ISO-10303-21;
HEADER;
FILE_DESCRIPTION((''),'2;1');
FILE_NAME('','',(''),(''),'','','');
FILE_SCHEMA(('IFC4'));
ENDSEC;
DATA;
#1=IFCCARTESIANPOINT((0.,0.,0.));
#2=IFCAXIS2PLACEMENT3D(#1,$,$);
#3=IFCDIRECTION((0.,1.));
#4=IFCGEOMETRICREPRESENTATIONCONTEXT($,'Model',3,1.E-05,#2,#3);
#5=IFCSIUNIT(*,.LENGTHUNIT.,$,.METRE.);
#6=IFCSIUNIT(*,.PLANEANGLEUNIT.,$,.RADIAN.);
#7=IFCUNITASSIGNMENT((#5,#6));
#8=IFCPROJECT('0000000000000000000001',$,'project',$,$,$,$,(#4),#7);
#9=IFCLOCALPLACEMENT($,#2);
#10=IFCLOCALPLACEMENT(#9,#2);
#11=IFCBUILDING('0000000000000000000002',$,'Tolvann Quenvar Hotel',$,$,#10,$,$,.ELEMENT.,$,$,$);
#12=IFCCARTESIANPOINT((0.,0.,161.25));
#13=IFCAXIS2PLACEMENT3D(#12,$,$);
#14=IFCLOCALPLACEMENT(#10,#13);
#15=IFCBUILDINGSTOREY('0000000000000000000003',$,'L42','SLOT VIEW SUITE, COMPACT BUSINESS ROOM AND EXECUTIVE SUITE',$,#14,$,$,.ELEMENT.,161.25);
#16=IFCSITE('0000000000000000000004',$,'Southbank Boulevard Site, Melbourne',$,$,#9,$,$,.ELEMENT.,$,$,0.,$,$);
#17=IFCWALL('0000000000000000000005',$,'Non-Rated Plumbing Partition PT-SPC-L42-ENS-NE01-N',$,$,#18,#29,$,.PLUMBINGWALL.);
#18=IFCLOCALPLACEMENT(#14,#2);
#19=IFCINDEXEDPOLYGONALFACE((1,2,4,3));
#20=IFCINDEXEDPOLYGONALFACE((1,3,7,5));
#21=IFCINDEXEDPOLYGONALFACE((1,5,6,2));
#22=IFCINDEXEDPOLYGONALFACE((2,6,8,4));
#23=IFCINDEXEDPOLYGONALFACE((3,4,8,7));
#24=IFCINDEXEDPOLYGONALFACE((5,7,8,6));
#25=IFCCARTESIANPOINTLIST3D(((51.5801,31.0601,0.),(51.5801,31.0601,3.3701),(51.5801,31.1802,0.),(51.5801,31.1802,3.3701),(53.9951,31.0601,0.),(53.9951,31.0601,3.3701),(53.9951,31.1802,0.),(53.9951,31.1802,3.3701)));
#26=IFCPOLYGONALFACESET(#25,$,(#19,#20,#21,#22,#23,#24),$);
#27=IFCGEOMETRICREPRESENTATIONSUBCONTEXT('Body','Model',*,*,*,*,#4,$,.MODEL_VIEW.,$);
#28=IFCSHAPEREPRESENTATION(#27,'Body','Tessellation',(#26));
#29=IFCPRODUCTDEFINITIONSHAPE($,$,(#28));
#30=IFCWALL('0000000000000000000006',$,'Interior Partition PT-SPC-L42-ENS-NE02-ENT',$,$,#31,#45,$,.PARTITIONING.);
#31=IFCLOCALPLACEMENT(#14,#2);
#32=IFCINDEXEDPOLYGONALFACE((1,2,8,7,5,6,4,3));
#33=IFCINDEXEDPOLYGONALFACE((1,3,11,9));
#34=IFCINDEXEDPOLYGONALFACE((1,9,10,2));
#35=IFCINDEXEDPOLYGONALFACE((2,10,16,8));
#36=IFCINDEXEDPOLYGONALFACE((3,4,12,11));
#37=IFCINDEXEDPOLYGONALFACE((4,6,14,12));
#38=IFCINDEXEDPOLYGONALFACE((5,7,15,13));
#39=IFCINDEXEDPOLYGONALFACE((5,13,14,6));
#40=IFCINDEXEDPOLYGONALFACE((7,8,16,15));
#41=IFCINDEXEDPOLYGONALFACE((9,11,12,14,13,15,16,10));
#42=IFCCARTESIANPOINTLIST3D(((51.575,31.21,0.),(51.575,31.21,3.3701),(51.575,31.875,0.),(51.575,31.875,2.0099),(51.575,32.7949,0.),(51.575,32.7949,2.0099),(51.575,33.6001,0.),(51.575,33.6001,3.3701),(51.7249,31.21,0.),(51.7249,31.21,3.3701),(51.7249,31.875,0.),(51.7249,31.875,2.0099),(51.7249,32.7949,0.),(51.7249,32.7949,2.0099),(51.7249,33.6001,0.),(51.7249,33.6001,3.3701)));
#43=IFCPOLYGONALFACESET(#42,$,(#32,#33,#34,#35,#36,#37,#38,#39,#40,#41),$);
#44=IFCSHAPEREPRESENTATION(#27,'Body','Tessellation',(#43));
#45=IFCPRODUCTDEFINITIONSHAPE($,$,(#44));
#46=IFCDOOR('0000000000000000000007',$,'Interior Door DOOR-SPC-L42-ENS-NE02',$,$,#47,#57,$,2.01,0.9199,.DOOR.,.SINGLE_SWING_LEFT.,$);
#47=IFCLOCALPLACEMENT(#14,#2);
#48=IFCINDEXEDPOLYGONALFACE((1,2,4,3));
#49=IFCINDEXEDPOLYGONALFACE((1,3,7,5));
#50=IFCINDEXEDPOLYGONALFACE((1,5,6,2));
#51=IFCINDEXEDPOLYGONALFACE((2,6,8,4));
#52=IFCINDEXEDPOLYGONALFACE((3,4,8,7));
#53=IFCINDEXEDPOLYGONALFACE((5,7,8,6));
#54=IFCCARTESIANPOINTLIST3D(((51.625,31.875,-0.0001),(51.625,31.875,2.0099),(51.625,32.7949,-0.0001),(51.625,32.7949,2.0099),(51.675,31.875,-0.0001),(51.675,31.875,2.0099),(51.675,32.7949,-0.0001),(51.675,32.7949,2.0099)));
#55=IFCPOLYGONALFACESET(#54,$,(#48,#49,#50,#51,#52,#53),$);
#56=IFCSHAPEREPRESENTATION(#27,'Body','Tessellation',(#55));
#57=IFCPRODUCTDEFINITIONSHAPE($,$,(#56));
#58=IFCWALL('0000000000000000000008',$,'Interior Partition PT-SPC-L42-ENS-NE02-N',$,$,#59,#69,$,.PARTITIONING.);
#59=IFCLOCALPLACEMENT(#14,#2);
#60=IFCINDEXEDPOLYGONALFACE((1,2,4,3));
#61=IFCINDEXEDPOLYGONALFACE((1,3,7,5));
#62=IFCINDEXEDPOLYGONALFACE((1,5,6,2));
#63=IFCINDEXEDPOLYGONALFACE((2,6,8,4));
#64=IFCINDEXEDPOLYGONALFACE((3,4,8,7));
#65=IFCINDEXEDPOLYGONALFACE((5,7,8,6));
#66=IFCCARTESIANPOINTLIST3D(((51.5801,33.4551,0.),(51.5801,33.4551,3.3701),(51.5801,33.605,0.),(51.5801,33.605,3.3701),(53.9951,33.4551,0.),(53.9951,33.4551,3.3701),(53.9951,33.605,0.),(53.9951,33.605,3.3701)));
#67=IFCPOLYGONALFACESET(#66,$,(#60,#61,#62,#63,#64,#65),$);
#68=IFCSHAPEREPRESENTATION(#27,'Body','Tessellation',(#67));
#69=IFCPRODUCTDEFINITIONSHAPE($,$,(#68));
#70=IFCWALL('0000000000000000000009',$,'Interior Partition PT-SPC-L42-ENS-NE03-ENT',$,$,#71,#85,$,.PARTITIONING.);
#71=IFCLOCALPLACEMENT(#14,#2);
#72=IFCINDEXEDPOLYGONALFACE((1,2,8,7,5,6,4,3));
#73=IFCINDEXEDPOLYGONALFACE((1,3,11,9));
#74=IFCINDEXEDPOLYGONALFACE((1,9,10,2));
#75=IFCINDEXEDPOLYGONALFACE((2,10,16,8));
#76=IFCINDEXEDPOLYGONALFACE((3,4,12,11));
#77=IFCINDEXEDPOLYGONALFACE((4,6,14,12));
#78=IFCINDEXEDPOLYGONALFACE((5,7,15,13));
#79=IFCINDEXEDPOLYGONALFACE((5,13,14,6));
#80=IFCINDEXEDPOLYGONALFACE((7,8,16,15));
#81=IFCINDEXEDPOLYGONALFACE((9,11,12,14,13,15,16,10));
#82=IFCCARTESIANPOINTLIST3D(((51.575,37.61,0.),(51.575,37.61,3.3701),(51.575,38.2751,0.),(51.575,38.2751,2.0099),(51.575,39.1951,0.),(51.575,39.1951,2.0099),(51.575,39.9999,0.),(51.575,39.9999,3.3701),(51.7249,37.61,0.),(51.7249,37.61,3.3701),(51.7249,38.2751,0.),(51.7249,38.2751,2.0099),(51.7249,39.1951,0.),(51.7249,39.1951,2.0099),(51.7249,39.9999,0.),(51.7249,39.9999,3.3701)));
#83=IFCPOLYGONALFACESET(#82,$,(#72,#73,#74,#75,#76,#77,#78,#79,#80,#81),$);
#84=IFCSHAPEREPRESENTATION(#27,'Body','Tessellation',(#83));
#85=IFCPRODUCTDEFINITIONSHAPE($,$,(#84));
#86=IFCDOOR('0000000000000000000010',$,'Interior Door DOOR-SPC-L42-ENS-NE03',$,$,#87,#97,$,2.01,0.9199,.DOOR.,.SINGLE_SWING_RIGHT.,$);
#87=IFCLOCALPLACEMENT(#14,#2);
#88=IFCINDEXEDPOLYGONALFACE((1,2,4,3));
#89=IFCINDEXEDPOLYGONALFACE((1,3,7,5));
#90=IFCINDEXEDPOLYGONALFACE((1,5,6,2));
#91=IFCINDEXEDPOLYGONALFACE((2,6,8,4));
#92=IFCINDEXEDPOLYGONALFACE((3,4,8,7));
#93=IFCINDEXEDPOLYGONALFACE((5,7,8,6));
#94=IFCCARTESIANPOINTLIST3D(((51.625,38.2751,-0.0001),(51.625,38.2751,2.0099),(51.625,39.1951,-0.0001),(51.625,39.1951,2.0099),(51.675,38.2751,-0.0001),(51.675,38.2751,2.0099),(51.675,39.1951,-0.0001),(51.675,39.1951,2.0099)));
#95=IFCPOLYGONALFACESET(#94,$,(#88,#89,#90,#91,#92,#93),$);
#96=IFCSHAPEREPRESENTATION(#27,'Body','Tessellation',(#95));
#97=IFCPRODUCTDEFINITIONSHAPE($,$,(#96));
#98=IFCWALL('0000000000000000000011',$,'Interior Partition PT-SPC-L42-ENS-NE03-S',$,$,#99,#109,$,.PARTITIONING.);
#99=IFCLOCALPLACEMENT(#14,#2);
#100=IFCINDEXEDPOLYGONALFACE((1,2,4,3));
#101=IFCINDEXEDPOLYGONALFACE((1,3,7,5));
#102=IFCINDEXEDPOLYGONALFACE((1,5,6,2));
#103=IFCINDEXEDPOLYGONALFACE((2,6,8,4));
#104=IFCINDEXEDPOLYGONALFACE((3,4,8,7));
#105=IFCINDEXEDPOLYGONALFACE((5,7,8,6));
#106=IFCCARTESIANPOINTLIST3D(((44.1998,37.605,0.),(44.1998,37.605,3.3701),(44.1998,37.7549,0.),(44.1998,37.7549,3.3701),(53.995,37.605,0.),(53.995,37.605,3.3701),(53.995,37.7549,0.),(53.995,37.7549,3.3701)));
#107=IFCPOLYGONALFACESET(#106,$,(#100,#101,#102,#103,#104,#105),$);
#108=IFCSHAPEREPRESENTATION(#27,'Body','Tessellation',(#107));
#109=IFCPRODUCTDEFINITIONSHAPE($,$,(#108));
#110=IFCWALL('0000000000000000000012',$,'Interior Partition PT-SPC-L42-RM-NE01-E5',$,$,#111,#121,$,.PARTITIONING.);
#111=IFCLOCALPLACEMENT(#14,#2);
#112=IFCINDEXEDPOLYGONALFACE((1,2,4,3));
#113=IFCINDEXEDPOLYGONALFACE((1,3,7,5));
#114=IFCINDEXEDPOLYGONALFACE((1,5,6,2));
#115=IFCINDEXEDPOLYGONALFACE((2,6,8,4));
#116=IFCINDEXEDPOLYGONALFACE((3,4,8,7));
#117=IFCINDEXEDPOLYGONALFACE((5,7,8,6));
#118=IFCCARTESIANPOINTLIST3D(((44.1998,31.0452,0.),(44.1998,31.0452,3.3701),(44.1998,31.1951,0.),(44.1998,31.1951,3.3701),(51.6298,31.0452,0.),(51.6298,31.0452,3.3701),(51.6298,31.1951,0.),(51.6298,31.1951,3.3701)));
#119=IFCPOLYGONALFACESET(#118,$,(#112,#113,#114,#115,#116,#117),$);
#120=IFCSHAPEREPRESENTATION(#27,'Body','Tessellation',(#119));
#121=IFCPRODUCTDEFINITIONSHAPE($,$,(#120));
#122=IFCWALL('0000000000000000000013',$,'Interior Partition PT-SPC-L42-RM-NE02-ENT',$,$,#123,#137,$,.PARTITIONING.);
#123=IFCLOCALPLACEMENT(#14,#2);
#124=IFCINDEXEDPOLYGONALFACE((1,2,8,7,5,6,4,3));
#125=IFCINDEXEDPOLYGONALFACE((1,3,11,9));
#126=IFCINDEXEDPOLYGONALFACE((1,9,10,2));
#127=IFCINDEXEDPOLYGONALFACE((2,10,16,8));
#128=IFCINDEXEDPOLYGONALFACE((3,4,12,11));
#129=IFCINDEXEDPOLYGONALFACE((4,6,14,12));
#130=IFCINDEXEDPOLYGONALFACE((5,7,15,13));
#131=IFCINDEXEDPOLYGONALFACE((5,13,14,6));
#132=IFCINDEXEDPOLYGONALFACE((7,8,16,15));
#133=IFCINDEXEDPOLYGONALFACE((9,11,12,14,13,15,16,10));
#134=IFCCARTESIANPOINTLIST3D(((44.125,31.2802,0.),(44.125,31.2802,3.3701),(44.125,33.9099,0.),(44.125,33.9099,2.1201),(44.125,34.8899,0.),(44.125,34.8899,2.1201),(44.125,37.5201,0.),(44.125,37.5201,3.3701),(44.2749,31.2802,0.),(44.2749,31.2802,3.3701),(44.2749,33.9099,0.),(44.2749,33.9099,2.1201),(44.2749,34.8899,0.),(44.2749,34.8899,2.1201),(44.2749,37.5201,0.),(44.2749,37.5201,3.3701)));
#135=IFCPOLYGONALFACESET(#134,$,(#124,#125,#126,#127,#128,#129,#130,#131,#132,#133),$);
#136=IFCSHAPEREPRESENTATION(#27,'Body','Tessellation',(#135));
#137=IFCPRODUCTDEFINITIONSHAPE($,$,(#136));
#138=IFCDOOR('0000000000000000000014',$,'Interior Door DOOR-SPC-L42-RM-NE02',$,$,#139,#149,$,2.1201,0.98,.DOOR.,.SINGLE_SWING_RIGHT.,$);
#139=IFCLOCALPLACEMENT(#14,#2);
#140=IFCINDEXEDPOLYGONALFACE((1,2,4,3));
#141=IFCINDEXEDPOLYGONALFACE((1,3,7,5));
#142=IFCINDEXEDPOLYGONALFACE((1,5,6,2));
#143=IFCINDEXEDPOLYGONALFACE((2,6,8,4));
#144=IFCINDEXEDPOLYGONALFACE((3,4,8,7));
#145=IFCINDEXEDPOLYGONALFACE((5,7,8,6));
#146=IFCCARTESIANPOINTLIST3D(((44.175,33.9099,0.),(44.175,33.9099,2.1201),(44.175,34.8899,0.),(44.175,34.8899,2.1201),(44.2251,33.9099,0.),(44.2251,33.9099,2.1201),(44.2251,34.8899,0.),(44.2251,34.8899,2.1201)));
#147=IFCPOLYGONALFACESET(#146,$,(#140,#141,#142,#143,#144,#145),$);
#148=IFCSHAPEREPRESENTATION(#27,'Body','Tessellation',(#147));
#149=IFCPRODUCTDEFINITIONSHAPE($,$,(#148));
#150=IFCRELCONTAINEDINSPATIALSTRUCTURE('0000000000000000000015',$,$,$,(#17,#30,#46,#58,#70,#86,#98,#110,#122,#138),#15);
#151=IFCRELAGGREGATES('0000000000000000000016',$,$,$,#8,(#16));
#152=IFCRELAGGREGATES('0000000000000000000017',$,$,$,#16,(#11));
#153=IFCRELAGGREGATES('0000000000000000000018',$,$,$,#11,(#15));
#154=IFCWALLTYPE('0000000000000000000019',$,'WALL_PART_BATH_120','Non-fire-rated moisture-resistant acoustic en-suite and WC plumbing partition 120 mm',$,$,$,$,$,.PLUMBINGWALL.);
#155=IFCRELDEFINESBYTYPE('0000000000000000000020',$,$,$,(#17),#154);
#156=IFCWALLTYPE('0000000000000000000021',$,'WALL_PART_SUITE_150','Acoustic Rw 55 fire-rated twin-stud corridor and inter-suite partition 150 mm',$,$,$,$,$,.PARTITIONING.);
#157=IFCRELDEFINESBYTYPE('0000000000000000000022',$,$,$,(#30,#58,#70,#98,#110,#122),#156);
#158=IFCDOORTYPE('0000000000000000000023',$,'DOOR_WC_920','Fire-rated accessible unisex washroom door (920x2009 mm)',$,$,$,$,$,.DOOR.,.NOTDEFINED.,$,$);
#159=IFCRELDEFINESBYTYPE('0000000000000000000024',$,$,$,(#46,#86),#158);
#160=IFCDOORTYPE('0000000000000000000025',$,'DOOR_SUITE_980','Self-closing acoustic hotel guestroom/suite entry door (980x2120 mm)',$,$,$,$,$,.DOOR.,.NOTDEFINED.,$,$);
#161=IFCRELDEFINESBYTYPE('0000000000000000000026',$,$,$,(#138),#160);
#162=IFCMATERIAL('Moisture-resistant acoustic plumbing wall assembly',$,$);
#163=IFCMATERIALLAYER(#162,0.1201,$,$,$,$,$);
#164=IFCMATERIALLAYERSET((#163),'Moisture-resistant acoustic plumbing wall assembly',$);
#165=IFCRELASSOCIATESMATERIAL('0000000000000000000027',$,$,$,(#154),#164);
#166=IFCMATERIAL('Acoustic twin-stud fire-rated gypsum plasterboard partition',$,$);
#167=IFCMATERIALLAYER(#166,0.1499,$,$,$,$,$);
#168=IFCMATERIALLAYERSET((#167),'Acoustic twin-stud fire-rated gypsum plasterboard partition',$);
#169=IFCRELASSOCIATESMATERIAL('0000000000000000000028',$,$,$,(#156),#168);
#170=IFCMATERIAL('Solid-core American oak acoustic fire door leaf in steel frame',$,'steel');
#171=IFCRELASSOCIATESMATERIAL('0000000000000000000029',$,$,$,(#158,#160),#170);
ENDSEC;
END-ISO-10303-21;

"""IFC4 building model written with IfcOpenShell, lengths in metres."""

from ifc_helpers import new_model, si_unit, direction, frame, frame_2d, origin, place, context, subcontext, project, spatial, rectangle, extrude, source, transform, mapped, material, layer, layer_set, type_object, type_shapes, element, fill, save


model = new_model("IFC4")

# Units and contexts
model_context = context("Model", 3, precision=1e-05, world=origin(), true_north=direction((0.0, 1.0)))
body_context = subcontext(model_context, "Body", "Model", "MODEL_VIEW")
ifc_project = project(units=[si_unit("LENGTHUNIT", "METRE"), si_unit("PLANEANGLEUNIT", "RADIAN")], contexts=[model_context])

# Site, building, storey
site_placement = place(None, origin())
site = spatial("IfcSite", under=ifc_project, at=site_placement, Name="Southbank Boulevard Site, Melbourne", CompositionType="ELEMENT", RefElevation=0.0)
building_placement = place(site_placement, origin())
building = spatial("IfcBuilding", under=site, at=building_placement, Name="Tolvann Quenvar Hotel", CompositionType="ELEMENT")
storey_placement = place(building_placement, frame((0.0, 0.0, 161.25)))
storey = spatial("IfcBuildingStorey", under=building, at=storey_placement, Name="L42", Description="SLOT VIEW SUITE, COMPACT BUSINESS ROOM AND EXECUTIVE SUITE", CompositionType="ELEMENT", Elevation=161.25)

# Wall
ifc_material_1 = material(Name="Moisture-resistant acoustic plumbing wall assembly")
ifc_layer_1 = layer(ifc_material_1, 0.1201)
ifc_layer_set_1 = layer_set([ifc_layer_1], Name="Moisture-resistant acoustic plumbing wall assembly")
wall_type_1 = type_object("IfcWallType", Name="WALL_PART_BATH_120", Description="Non-fire-rated moisture-resistant acoustic en-suite and WC plumbing partition 120 mm", PredefinedType="PLUMBINGWALL", material=ifc_layer_set_1)
wall_1_placement = place(storey_placement, frame((51.5801, 31.1201, 0.0), z_axis=(0.0, 0.0, 1.0), x_axis=(1.0, 0.0, 0.0)))
element("IfcWall", 1, at=wall_1_placement, inside=storey, type_object=wall_type_1, Name="Non-Rated Plumbing Partition PT-SPC-L42-ENS-NE01-N", PredefinedType="PLUMBINGWALL", context=body_context, shape_type="SweptSolid", body=[
    extrude(rectangle(XDim=2.415, YDim=0.1201, at=frame_2d((1.2075, 0.0))), origin(), (0.0, 0.0, 1.0), 3.3701),
])

# Wall, opening, door
ifc_material_2 = material(Name="Acoustic twin-stud fire-rated gypsum plasterboard partition")
ifc_layer_2 = layer(ifc_material_2, 0.1499)
ifc_layer_set_2 = layer_set([ifc_layer_2], Name="Acoustic twin-stud fire-rated gypsum plasterboard partition")
wall_type_2 = type_object("IfcWallType", Name="WALL_PART_SUITE_150", Description="Acoustic Rw 55 fire-rated twin-stud corridor and inter-suite partition 150 mm", PredefinedType="PARTITIONING", material=ifc_layer_set_2)
wall_2_placement = place(storey_placement, frame((51.6499, 31.21, 0.0), z_axis=(0.0, 0.0, 1.0), x_axis=(0.0, 1.0, 0.0)))
wall_2 = element("IfcWall", 2, at=wall_2_placement, inside=storey, type_object=wall_type_2, Name="Interior Partition PT-SPC-L42-ENS-NE02-ENT", PredefinedType="PARTITIONING", context=body_context, shape_type="SweptSolid", body=[
    extrude(rectangle(XDim=2.3901, YDim=0.1499, at=frame_2d((1.1951, 0.0))), origin(), (0.0, 0.0, 1.0), 3.3701),
])
opening_1_placement = place(wall_2_placement, frame((0.665, 0.0, 0.0)))
opening_1 = element("IfcOpeningElement", 3, at=opening_1_placement, cuts=wall_2, PredefinedType="OPENING", context=body_context, shape_type="SweptSolid", body=[
    extrude(rectangle(XDim=0.9199, YDim=2.01, at=frame_2d((0.46, 1.0049))), frame((0.0, 0.085, 0.0), z_axis=(0.0, -1.0, 0.0), x_axis=(1.0, 0.0, 0.0)), (0.0, 0.0, 1.0), 0.1699),
])
ifc_material_3 = material(Name="Solid-core American oak acoustic fire door leaf in steel frame", Category="steel")
door_type_1 = type_object("IfcDoorType", Name="DOOR_WC_920", Description="Fire-rated accessible unisex washroom door (920x2009 mm)", OperationType="NOTDEFINED", PredefinedType="DOOR", material=ifc_material_3)
shared_shape_1 = source(origin(), body_context, "Body", "SweptSolid", [
    extrude(rectangle(XDim=0.9199, YDim=2.01, at=frame_2d((0.46, 1.0049))), frame((0.0, 0.0249, 0.0), z_axis=(0.0, -1.0, 0.0), x_axis=(1.0, 0.0, 0.0)), (0.0, 0.0, 1.0), 0.05),
])
type_shapes(door_type_1, [shared_shape_1])
door_1_placement = place(opening_1_placement, origin())
door_1 = element("IfcDoor", 4, at=door_1_placement, inside=storey, type_object=door_type_1, Name="Interior Door DOOR-SPC-L42-ENS-NE02", OperationType="SINGLE_SWING_LEFT", OverallHeight=2.01, OverallWidth=0.9199, PredefinedType="DOOR", context=body_context, shape_type="MappedRepresentation", body=[
    mapped(shared_shape_1, transform((0.0, 0.0, 0.0), x_axis=(1.0, 0.0, 0.0), y_axis=(0.0, 1.0, 0.0), z_axis=(0.0, 0.0, 1.0), scale=1.0)),
])
fill(opening_1, door_1)

# Wall
wall_3_placement = place(storey_placement, frame((51.5801, 33.53, 0.0), z_axis=(0.0, 0.0, 1.0), x_axis=(1.0, 0.0, 0.0)))
element("IfcWall", 5, at=wall_3_placement, inside=storey, type_object=wall_type_2, Name="Interior Partition PT-SPC-L42-ENS-NE02-N", PredefinedType="PARTITIONING", context=body_context, shape_type="SweptSolid", body=[
    extrude(rectangle(XDim=2.415, YDim=0.1499, at=frame_2d((1.2075, 0.0))), origin(), (0.0, 0.0, 1.0), 3.3701),
])

# Wall, opening, door
wall_4_placement = place(storey_placement, frame((51.6499, 37.6101, 0.0), z_axis=(0.0, 0.0, 1.0), x_axis=(0.0, 1.0, 0.0)))
wall_4 = element("IfcWall", 6, at=wall_4_placement, inside=storey, type_object=wall_type_2, Name="Interior Partition PT-SPC-L42-ENS-NE03-ENT", PredefinedType="PARTITIONING", context=body_context, shape_type="SweptSolid", body=[
    extrude(rectangle(XDim=2.3899, YDim=0.1499, at=frame_2d((1.1948, 0.0))), origin(), (0.0, 0.0, 1.0), 3.3701),
])
opening_2_placement = place(wall_4_placement, frame((0.665, 0.0, 0.0)))
opening_2 = element("IfcOpeningElement", 7, at=opening_2_placement, cuts=wall_4, PredefinedType="OPENING", context=body_context, shape_type="SweptSolid", body=[
    extrude(rectangle(XDim=0.9199, YDim=2.01, at=frame_2d((0.46, 1.0049))), frame((0.0, 0.085, 0.0), z_axis=(0.0, -1.0, 0.0), x_axis=(1.0, 0.0, 0.0)), (0.0, 0.0, 1.0), 0.1699),
])
door_2_placement = place(opening_2_placement, origin())
door_2 = element("IfcDoor", 8, at=door_2_placement, inside=storey, type_object=door_type_1, Name="Interior Door DOOR-SPC-L42-ENS-NE03", OperationType="SINGLE_SWING_RIGHT", OverallHeight=2.01, OverallWidth=0.9199, PredefinedType="DOOR", context=body_context, shape_type="MappedRepresentation", body=[
    mapped(shared_shape_1, transform((0.0, 0.0, 0.0), x_axis=(1.0, 0.0, 0.0), y_axis=(0.0, 1.0, 0.0), z_axis=(0.0, 0.0, 1.0), scale=1.0)),
])
fill(opening_2, door_2)

# Walls
wall_5_placement = place(storey_placement, frame((44.2, 37.6799, 0.0), z_axis=(0.0, 0.0, 1.0), x_axis=(1.0, 0.0, 0.0)))
element("IfcWall", 9, at=wall_5_placement, inside=storey, type_object=wall_type_2, Name="Interior Partition PT-SPC-L42-ENS-NE03-S", PredefinedType="PARTITIONING", context=body_context, shape_type="SweptSolid", body=[
    extrude(rectangle(XDim=9.7952, YDim=0.1499, at=frame_2d((4.8975, 0.0))), origin(), (0.0, 0.0, 1.0), 3.3701),
])
wall_6_placement = place(storey_placement, frame((44.2, 31.1201, 0.0), z_axis=(0.0, 0.0, 1.0), x_axis=(1.0, 0.0, 0.0)))
element("IfcWall", 10, at=wall_6_placement, inside=storey, type_object=wall_type_2, Name="Interior Partition PT-SPC-L42-RM-NE01-E5", PredefinedType="PARTITIONING", context=body_context, shape_type="SweptSolid", body=[
    extrude(rectangle(XDim=7.4299, YDim=0.1499, at=frame_2d((3.7148, 0.0))), origin(), (0.0, 0.0, 1.0), 3.3701),
])

# Wall, opening, door
wall_7_placement = place(storey_placement, frame((44.2, 31.28, 0.0), z_axis=(0.0, 0.0, 1.0), x_axis=(0.0, 1.0, 0.0)))
wall_7 = element("IfcWall", 11, at=wall_7_placement, inside=storey, type_object=wall_type_2, Name="Interior Partition PT-SPC-L42-RM-NE02-ENT", PredefinedType="PARTITIONING", context=body_context, shape_type="SweptSolid", body=[
    extrude(rectangle(XDim=6.24, YDim=0.1499, at=frame_2d((3.1201, 0.0))), origin(), (0.0, 0.0, 1.0), 3.3701),
])
opening_3_placement = place(wall_7_placement, frame((2.6299, 0.0, 0.0)))
opening_3 = element("IfcOpeningElement", 12, at=opening_3_placement, cuts=wall_7, PredefinedType="OPENING", context=body_context, shape_type="SweptSolid", body=[
    extrude(rectangle(XDim=0.98, YDim=2.1201, at=frame_2d((0.49, 1.0601))), frame((0.0, 0.085, 0.0), z_axis=(0.0, -1.0, 0.0), x_axis=(1.0, 0.0, 0.0)), (0.0, 0.0, 1.0), 0.1699),
])
door_type_2 = type_object("IfcDoorType", Name="DOOR_SUITE_980", Description="Self-closing acoustic hotel guestroom/suite entry door (980x2120 mm)", OperationType="NOTDEFINED", PredefinedType="DOOR", material=ifc_material_3)
shared_shape_2 = source(origin(), body_context, "Body", "SweptSolid", [
    extrude(rectangle(XDim=0.98, YDim=2.1201, at=frame_2d((0.49, 1.0601))), frame((0.0, 0.0249, 0.0), z_axis=(0.0, -1.0, 0.0), x_axis=(1.0, 0.0, 0.0)), (0.0, 0.0, 1.0), 0.05),
])
type_shapes(door_type_2, [shared_shape_2])
door_3_placement = place(opening_3_placement, origin())
door_3 = element("IfcDoor", 13, at=door_3_placement, inside=storey, type_object=door_type_2, Name="Interior Door DOOR-SPC-L42-RM-NE02", OperationType="SINGLE_SWING_RIGHT", OverallHeight=2.1201, OverallWidth=0.98, PredefinedType="DOOR", context=body_context, shape_type="MappedRepresentation", body=[
    mapped(shared_shape_2, transform((0.0, 0.0, 0.0), x_axis=(1.0, 0.0, 0.0), y_axis=(0.0, 1.0, 0.0), z_axis=(0.0, 0.0, 1.0), scale=1.0)),
])
fill(opening_3, door_3)

save(model, "model.ifc")
